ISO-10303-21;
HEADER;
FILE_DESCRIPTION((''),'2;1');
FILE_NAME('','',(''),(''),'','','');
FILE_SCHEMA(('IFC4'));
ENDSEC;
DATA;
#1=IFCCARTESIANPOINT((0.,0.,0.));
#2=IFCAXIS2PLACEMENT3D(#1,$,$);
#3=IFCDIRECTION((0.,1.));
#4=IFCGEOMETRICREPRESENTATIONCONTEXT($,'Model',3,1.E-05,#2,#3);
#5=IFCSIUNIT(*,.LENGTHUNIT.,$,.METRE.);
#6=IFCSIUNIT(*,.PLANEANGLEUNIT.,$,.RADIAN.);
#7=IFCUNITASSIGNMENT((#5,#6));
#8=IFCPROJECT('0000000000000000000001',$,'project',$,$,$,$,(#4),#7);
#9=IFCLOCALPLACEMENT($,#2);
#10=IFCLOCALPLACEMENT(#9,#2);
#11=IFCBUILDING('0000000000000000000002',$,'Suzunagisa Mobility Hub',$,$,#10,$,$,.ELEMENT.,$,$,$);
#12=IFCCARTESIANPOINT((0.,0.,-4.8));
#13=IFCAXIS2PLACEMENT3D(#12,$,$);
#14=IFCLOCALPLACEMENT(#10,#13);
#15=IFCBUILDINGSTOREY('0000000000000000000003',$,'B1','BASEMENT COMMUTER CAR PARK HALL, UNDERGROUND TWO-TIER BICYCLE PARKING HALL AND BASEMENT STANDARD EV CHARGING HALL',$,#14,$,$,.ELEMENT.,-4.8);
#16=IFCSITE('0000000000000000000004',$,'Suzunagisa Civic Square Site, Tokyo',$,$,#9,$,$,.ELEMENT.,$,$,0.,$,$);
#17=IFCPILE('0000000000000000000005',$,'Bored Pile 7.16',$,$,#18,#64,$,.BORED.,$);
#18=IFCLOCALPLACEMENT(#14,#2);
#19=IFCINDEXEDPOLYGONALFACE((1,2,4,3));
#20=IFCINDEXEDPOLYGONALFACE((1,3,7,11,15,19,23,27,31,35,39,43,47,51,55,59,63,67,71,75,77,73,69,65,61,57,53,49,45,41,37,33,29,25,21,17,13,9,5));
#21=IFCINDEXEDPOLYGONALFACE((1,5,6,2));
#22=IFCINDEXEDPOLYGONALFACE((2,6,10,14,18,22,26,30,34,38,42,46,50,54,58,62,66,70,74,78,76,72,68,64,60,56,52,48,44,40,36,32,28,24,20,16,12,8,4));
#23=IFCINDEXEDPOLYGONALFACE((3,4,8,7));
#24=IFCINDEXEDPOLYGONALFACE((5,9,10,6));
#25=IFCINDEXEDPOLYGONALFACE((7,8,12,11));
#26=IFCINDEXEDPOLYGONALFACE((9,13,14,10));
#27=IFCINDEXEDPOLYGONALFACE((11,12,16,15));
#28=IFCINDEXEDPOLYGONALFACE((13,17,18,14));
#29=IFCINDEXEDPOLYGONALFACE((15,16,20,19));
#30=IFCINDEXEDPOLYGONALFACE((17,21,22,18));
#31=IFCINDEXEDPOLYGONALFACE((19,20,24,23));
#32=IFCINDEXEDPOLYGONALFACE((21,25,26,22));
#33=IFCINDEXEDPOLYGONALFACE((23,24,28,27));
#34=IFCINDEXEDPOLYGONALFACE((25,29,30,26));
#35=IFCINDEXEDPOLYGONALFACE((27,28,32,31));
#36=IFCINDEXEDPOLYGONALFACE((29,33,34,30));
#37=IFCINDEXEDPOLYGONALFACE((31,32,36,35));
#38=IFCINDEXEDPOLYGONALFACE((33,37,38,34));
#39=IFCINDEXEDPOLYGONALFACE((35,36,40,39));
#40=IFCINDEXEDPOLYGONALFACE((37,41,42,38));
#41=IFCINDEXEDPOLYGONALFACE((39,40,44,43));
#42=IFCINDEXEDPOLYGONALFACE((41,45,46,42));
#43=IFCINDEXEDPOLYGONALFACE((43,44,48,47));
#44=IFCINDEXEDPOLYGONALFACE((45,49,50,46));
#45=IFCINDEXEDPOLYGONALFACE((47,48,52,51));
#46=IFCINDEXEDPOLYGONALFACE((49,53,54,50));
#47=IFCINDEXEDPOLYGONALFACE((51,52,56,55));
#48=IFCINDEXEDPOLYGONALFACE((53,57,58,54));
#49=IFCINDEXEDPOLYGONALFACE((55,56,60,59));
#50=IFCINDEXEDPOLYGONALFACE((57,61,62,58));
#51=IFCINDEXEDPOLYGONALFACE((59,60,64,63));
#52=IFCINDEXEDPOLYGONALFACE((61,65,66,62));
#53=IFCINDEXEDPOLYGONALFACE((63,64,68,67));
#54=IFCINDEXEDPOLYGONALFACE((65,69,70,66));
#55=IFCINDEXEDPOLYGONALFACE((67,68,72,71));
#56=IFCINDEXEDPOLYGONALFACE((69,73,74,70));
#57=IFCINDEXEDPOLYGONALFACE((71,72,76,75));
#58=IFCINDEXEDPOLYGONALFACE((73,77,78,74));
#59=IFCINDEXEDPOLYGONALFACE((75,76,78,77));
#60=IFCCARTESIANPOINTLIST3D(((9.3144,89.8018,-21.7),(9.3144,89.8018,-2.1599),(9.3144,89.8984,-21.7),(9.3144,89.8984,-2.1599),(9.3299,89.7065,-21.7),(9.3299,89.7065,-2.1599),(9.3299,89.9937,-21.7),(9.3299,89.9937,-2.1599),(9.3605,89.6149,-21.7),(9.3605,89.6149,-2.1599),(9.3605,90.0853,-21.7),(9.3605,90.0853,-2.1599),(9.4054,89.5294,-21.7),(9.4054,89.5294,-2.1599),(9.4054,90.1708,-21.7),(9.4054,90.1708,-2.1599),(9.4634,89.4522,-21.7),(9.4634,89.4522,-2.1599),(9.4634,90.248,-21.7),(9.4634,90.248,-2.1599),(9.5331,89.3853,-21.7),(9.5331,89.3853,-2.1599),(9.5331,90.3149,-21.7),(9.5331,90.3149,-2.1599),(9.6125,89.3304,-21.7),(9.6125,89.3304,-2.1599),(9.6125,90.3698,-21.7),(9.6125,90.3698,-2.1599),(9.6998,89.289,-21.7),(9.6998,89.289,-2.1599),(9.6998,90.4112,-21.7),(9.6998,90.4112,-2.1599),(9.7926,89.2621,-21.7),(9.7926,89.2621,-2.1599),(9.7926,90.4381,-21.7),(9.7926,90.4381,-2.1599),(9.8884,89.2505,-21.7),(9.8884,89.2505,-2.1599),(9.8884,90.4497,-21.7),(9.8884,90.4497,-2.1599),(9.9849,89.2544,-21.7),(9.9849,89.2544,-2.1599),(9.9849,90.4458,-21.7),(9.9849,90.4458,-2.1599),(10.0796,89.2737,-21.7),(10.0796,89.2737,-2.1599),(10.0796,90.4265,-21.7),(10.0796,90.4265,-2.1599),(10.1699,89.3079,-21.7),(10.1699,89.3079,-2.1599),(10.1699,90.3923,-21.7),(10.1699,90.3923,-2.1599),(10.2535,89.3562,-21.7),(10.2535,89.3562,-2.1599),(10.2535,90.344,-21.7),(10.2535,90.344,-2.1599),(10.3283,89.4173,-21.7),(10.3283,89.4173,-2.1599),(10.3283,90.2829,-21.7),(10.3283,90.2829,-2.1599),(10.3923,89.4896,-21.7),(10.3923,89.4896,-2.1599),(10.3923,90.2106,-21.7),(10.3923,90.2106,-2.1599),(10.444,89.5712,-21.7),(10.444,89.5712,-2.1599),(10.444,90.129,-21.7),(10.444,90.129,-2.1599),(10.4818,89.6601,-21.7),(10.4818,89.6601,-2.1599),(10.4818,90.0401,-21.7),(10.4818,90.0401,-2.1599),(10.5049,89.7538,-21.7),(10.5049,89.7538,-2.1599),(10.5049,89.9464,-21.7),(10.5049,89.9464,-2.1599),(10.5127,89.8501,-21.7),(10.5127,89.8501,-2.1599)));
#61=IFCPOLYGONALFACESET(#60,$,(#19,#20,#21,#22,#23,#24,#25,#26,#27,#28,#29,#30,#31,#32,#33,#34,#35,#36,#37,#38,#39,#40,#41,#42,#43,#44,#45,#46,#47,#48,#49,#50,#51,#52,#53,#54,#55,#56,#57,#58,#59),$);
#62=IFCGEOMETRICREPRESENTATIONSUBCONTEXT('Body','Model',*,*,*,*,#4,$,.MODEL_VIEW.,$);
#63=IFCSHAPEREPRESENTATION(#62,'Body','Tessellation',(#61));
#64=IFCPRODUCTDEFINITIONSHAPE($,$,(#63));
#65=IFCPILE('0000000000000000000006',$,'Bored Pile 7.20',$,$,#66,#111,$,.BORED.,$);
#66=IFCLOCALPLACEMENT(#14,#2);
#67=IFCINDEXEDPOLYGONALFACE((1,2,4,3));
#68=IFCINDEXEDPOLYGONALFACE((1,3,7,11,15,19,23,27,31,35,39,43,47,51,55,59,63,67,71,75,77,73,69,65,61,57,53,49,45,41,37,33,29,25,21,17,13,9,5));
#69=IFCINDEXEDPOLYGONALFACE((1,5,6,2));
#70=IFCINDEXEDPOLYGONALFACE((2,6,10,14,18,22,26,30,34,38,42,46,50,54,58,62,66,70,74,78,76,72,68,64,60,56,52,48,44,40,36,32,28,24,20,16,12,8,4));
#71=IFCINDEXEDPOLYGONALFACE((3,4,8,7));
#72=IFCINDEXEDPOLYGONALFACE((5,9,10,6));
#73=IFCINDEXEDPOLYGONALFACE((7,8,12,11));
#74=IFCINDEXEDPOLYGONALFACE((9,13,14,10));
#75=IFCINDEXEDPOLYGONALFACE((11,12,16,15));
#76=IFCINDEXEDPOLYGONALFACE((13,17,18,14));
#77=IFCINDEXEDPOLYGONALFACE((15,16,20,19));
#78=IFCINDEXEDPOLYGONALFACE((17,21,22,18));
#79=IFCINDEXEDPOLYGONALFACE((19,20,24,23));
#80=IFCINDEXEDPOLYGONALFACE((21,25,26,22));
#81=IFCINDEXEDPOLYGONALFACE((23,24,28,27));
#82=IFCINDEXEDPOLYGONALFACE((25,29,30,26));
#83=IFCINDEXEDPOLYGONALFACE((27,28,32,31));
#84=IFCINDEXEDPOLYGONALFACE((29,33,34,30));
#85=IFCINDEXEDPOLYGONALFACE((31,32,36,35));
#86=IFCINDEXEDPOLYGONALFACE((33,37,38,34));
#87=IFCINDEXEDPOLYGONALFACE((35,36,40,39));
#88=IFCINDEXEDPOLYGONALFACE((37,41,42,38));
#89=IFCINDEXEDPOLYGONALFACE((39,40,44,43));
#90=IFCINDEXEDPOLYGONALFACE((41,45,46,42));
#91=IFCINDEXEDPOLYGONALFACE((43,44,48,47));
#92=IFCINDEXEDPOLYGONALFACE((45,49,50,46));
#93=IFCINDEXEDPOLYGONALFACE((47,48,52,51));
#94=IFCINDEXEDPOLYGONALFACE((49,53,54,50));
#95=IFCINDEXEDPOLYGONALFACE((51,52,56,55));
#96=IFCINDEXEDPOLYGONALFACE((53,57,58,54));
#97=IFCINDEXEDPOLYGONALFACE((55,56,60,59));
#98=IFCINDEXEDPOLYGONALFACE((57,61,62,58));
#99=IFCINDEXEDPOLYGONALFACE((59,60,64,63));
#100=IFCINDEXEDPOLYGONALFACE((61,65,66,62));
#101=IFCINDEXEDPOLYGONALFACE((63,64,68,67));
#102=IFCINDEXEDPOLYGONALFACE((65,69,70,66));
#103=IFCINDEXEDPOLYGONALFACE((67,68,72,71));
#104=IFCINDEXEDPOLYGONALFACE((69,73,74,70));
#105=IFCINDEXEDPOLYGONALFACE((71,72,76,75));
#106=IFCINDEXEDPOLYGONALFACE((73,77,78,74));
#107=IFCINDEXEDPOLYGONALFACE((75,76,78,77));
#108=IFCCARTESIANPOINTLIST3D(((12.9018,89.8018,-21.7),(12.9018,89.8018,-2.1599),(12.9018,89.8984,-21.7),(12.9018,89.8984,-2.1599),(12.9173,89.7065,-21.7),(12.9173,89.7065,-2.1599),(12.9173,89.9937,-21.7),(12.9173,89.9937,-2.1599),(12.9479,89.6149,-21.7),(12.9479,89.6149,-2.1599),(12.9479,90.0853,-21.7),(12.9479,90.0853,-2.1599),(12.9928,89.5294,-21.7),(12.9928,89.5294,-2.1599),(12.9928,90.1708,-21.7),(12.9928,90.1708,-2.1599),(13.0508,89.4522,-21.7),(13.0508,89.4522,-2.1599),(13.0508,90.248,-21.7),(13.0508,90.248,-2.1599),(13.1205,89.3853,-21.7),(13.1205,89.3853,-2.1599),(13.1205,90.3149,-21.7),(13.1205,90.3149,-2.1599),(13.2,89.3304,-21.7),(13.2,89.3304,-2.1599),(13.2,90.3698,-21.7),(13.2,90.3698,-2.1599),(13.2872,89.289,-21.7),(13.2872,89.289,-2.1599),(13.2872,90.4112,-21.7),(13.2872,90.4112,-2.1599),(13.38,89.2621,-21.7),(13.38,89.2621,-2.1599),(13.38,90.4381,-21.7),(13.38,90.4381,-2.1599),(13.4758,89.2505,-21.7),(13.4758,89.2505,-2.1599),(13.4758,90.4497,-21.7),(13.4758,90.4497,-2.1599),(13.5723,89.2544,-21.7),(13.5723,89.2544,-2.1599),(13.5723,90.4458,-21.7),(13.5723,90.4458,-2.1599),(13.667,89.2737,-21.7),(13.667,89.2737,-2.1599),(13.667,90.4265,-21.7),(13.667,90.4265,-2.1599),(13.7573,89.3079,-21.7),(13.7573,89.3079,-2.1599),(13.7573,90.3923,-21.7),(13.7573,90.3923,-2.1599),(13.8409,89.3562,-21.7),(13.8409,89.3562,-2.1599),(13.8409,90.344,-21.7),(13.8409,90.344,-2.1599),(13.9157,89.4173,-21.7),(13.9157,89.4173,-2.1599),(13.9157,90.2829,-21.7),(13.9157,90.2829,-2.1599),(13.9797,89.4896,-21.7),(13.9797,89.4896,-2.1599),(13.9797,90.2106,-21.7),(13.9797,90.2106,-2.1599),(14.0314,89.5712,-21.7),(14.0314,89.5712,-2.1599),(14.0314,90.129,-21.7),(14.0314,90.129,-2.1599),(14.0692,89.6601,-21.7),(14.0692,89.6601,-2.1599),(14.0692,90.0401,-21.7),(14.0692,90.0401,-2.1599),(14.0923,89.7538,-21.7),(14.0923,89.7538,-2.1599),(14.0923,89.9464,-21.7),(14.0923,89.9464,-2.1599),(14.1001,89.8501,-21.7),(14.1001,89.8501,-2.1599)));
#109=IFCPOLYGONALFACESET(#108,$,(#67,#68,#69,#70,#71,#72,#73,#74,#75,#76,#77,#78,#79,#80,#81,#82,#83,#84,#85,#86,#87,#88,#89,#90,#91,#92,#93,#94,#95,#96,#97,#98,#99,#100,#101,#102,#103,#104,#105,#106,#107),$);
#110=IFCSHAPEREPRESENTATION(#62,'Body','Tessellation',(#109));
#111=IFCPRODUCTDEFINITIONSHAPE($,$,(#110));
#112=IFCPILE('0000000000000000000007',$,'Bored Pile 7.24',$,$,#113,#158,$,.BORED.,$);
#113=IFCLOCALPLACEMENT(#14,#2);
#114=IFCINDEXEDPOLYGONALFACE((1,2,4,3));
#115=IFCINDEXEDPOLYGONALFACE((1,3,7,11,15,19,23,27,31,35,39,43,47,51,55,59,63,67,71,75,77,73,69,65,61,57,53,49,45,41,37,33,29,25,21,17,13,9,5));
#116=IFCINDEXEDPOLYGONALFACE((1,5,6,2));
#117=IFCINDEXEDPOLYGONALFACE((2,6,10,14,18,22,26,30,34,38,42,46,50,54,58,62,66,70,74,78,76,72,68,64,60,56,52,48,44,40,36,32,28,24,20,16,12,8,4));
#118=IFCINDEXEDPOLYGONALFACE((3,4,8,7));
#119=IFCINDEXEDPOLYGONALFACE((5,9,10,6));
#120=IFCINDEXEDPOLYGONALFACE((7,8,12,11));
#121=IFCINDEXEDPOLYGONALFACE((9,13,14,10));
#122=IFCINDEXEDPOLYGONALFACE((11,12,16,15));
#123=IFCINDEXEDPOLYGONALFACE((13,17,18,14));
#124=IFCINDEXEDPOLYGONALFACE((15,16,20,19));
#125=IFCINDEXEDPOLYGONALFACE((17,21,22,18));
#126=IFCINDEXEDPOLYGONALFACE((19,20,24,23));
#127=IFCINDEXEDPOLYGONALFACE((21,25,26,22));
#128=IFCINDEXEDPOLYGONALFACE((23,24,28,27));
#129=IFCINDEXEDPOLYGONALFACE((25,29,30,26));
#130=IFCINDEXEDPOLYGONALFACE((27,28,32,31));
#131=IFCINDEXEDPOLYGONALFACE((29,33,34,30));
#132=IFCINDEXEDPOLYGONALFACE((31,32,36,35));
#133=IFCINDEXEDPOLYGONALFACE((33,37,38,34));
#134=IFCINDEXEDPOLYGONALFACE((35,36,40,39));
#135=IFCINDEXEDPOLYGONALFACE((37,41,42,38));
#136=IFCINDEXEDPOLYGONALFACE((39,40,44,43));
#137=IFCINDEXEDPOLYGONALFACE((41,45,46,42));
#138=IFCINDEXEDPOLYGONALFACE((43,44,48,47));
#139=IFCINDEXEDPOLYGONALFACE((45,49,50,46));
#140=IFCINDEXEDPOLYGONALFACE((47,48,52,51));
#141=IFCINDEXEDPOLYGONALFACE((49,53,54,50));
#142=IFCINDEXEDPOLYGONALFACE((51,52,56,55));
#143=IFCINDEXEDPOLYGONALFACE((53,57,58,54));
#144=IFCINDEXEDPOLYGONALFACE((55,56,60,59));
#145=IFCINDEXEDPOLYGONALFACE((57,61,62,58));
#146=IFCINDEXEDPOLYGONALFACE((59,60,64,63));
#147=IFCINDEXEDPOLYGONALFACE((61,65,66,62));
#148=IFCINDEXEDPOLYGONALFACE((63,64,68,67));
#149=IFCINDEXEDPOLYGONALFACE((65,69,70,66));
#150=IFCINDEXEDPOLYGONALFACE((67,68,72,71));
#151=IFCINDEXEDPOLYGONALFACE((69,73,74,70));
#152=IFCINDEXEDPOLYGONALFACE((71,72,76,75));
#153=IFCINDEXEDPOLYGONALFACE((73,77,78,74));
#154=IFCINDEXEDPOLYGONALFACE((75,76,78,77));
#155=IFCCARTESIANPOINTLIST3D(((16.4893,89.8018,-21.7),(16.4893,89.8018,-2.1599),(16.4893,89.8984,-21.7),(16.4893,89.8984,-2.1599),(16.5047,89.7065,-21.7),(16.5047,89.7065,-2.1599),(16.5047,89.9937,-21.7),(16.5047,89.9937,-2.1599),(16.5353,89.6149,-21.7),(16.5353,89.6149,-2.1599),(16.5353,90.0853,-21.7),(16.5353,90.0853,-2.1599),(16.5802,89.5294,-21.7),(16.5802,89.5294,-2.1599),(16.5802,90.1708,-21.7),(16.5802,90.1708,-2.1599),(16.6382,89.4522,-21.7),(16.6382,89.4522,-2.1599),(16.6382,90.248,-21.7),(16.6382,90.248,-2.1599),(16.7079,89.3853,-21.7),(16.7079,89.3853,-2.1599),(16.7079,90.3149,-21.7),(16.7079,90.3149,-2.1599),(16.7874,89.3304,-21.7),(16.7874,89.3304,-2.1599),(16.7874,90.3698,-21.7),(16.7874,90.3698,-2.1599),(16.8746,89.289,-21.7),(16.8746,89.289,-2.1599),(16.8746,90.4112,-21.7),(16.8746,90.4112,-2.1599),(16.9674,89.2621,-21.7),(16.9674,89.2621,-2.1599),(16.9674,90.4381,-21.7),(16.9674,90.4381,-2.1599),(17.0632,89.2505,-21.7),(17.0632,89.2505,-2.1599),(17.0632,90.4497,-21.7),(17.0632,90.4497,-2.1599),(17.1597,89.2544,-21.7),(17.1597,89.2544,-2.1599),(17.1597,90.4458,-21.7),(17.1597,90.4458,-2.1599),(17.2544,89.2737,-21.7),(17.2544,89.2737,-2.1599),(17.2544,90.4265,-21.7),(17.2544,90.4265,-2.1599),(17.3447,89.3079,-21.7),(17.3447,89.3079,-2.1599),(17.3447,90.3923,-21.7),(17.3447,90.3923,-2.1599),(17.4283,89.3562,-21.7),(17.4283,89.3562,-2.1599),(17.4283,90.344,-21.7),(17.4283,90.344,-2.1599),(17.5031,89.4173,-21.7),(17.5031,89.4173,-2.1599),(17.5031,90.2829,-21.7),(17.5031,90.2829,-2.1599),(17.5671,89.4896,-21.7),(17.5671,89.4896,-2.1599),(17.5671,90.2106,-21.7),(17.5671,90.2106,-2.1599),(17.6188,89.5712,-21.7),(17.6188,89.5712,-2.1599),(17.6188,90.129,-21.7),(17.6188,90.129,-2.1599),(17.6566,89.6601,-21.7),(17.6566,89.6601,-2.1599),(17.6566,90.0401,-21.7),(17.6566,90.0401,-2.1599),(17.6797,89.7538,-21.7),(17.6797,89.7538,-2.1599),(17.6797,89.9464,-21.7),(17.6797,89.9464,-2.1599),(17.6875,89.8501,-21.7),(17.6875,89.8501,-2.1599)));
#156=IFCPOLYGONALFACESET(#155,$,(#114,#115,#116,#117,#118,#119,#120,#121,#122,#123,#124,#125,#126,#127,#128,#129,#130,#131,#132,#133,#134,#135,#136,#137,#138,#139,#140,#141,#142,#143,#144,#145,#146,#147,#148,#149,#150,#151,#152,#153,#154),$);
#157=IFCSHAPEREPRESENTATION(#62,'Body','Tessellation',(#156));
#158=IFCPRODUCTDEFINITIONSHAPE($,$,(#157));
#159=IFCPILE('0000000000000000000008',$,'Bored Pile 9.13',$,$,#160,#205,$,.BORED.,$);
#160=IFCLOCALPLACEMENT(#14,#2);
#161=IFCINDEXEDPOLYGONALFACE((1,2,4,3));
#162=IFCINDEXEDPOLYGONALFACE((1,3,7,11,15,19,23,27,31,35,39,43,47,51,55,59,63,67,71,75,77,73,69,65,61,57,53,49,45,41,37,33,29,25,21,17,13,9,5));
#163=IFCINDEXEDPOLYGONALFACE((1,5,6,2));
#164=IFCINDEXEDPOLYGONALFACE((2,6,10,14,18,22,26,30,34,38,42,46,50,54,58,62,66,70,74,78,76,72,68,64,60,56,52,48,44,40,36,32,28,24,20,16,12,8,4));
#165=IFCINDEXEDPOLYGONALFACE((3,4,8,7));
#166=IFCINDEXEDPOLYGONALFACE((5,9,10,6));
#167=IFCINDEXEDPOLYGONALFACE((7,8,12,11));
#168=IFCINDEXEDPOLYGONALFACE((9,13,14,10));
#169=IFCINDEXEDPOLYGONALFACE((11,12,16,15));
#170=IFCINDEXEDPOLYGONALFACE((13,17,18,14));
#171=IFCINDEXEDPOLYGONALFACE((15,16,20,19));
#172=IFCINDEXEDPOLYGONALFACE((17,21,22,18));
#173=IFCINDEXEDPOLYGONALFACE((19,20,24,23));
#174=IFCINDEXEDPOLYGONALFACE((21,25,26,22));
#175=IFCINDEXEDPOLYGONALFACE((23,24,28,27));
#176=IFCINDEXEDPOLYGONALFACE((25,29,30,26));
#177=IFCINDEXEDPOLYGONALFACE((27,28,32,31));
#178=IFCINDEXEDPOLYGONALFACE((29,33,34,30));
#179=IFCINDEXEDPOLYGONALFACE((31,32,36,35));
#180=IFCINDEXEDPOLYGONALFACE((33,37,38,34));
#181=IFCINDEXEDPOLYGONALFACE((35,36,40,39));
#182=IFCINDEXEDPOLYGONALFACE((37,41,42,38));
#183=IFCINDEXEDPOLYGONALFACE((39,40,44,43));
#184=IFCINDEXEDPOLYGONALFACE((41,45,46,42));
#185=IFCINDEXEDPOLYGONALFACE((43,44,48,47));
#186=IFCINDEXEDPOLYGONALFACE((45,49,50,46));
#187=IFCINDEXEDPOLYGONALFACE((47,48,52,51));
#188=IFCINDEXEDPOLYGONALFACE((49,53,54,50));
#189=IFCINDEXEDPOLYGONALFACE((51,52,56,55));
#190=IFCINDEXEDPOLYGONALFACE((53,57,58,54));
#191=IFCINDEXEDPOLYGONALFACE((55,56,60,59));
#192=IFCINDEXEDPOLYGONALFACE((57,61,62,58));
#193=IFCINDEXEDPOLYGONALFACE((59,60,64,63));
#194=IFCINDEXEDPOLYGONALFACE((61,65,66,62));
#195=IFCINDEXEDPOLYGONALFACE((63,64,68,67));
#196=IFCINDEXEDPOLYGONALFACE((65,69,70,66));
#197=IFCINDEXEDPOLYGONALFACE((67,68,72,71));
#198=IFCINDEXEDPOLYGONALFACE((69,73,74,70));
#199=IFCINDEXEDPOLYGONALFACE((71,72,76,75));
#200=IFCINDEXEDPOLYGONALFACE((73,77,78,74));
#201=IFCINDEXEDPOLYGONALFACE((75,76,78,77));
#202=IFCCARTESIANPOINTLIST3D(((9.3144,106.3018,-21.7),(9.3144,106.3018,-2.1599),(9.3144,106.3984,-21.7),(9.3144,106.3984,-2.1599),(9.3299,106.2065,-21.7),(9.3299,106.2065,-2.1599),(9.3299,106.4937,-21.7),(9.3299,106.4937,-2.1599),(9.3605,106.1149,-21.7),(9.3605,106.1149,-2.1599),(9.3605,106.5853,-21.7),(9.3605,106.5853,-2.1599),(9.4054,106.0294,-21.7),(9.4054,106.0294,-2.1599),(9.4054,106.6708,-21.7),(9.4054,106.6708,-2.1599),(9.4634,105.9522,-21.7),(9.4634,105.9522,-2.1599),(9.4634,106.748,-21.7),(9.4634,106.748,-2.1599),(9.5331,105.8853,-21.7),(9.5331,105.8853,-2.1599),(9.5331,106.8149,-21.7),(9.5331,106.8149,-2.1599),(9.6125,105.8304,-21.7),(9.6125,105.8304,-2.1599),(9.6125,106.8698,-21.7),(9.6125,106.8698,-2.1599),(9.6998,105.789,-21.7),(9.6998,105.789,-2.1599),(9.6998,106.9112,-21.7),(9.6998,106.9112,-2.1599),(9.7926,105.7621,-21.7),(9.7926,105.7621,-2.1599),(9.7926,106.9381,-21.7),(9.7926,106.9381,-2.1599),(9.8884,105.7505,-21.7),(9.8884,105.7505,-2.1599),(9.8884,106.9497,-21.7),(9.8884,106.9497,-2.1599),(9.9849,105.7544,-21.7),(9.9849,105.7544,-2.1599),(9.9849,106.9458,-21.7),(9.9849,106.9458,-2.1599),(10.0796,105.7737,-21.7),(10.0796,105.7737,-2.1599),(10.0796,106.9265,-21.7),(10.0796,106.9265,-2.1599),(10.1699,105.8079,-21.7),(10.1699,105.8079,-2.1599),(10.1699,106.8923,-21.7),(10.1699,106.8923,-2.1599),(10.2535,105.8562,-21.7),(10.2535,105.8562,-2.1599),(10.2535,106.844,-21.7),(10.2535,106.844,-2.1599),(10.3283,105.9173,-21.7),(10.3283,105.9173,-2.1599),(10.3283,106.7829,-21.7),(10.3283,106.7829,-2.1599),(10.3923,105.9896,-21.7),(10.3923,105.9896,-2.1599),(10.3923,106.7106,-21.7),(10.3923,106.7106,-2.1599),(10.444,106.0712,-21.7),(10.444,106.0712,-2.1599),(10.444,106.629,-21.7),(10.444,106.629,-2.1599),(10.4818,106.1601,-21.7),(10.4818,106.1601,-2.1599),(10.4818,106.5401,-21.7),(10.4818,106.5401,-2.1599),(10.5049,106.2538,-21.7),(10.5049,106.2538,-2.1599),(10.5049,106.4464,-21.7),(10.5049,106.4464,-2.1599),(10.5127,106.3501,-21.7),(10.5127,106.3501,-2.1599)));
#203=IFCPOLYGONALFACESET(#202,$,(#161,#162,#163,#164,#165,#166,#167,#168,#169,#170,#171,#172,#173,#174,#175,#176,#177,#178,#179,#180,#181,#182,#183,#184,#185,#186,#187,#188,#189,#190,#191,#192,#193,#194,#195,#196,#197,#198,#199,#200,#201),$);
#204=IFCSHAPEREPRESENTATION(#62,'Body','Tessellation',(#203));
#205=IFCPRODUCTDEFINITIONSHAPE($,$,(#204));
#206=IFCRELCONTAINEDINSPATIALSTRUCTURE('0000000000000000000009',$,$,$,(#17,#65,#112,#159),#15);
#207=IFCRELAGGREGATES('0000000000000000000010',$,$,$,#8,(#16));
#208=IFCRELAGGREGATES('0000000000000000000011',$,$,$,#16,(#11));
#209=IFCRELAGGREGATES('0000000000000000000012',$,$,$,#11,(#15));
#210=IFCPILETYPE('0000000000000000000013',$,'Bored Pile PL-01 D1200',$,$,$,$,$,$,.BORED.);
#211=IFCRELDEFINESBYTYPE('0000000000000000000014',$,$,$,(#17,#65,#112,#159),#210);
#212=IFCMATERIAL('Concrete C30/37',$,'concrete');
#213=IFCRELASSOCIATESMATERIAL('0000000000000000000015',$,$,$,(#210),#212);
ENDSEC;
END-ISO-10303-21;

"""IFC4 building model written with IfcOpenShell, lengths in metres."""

from ifc_helpers import new_model, si_unit, direction, frame, origin, origin_2d, place, context, subcontext, project, spatial, circle, extrude, material, material_profile, profile_set, type_object, element, save


model = new_model("IFC4")

# Units and contexts
model_context = context("Model", 3, precision=1e-05, world=origin(), true_north=direction((0.0, 1.0)))
body_context = subcontext(model_context, "Body", "Model", "MODEL_VIEW")
ifc_project = project(units=[si_unit("LENGTHUNIT", "METRE"), si_unit("PLANEANGLEUNIT", "RADIAN")], contexts=[model_context])

# Site, building, storey
site_placement = place(None, origin())
site = spatial("IfcSite", under=ifc_project, at=site_placement, Name="Suzunagisa Civic Square Site, Tokyo", CompositionType="ELEMENT", RefElevation=0.0)
building_placement = place(site_placement, origin())
building = spatial("IfcBuilding", under=site, at=building_placement, Name="Suzunagisa Mobility Hub", CompositionType="ELEMENT")
storey_placement = place(building_placement, frame((0.0, 0.0, -4.8)))
storey = spatial("IfcBuildingStorey", under=building, at=storey_placement, Name="B1", Description="BASEMENT COMMUTER CAR PARK HALL, UNDERGROUND TWO-TIER BICYCLE PARKING HALL AND BASEMENT STANDARD EV CHARGING HALL", CompositionType="ELEMENT", Elevation=-4.8)

# Piles
ifc_material_1 = material(Name="Concrete C30/37", Category="concrete")
ifc_material_profile_1 = material_profile(ifc_material_1, circle(Radius=0.6001, at=origin_2d()), Name="BORED PILE D1200")
ifc_profile_set_1 = profile_set([ifc_material_profile_1], Name="Concrete C30/37")
pile_type = type_object("IfcPileType", Name="Bored Pile PL-01 D1200", PredefinedType="BORED", material=ifc_profile_set_1)
for number, where, z_axis, x_axis, name in (
    (1, (9.9126, 89.8501, -2.1599), (0.0, 0.0, -1.0), (1.0, 0.0, 0.0), "Bored Pile 7.16"),
    (2, (13.5, 89.8501, -2.1599), (0.0, 0.0, -1.0), (1.0, 0.0, 0.0), "Bored Pile 7.20"),
    (3, (17.0874, 89.8501, -2.1599), (0.0, 0.0, -1.0), (1.0, 0.0, 0.0), "Bored Pile 7.24"),
    (4, (9.9126, 106.3501, -2.1599), (0.0, 0.0, -1.0), (1.0, 0.0, 0.0), "Bored Pile 9.13"),
):
    element("IfcPile", number, at=place(storey_placement, frame(where, z_axis=z_axis, x_axis=x_axis)), inside=storey, type_object=pile_type, Name=name, PredefinedType="BORED", context=body_context, shape_type="SweptSolid", body=[
        extrude(circle(Radius=0.6001, at=origin_2d()), origin(), (0.0, 0.0, 1.0), 19.54),
    ])

save(model, "model.ifc")
